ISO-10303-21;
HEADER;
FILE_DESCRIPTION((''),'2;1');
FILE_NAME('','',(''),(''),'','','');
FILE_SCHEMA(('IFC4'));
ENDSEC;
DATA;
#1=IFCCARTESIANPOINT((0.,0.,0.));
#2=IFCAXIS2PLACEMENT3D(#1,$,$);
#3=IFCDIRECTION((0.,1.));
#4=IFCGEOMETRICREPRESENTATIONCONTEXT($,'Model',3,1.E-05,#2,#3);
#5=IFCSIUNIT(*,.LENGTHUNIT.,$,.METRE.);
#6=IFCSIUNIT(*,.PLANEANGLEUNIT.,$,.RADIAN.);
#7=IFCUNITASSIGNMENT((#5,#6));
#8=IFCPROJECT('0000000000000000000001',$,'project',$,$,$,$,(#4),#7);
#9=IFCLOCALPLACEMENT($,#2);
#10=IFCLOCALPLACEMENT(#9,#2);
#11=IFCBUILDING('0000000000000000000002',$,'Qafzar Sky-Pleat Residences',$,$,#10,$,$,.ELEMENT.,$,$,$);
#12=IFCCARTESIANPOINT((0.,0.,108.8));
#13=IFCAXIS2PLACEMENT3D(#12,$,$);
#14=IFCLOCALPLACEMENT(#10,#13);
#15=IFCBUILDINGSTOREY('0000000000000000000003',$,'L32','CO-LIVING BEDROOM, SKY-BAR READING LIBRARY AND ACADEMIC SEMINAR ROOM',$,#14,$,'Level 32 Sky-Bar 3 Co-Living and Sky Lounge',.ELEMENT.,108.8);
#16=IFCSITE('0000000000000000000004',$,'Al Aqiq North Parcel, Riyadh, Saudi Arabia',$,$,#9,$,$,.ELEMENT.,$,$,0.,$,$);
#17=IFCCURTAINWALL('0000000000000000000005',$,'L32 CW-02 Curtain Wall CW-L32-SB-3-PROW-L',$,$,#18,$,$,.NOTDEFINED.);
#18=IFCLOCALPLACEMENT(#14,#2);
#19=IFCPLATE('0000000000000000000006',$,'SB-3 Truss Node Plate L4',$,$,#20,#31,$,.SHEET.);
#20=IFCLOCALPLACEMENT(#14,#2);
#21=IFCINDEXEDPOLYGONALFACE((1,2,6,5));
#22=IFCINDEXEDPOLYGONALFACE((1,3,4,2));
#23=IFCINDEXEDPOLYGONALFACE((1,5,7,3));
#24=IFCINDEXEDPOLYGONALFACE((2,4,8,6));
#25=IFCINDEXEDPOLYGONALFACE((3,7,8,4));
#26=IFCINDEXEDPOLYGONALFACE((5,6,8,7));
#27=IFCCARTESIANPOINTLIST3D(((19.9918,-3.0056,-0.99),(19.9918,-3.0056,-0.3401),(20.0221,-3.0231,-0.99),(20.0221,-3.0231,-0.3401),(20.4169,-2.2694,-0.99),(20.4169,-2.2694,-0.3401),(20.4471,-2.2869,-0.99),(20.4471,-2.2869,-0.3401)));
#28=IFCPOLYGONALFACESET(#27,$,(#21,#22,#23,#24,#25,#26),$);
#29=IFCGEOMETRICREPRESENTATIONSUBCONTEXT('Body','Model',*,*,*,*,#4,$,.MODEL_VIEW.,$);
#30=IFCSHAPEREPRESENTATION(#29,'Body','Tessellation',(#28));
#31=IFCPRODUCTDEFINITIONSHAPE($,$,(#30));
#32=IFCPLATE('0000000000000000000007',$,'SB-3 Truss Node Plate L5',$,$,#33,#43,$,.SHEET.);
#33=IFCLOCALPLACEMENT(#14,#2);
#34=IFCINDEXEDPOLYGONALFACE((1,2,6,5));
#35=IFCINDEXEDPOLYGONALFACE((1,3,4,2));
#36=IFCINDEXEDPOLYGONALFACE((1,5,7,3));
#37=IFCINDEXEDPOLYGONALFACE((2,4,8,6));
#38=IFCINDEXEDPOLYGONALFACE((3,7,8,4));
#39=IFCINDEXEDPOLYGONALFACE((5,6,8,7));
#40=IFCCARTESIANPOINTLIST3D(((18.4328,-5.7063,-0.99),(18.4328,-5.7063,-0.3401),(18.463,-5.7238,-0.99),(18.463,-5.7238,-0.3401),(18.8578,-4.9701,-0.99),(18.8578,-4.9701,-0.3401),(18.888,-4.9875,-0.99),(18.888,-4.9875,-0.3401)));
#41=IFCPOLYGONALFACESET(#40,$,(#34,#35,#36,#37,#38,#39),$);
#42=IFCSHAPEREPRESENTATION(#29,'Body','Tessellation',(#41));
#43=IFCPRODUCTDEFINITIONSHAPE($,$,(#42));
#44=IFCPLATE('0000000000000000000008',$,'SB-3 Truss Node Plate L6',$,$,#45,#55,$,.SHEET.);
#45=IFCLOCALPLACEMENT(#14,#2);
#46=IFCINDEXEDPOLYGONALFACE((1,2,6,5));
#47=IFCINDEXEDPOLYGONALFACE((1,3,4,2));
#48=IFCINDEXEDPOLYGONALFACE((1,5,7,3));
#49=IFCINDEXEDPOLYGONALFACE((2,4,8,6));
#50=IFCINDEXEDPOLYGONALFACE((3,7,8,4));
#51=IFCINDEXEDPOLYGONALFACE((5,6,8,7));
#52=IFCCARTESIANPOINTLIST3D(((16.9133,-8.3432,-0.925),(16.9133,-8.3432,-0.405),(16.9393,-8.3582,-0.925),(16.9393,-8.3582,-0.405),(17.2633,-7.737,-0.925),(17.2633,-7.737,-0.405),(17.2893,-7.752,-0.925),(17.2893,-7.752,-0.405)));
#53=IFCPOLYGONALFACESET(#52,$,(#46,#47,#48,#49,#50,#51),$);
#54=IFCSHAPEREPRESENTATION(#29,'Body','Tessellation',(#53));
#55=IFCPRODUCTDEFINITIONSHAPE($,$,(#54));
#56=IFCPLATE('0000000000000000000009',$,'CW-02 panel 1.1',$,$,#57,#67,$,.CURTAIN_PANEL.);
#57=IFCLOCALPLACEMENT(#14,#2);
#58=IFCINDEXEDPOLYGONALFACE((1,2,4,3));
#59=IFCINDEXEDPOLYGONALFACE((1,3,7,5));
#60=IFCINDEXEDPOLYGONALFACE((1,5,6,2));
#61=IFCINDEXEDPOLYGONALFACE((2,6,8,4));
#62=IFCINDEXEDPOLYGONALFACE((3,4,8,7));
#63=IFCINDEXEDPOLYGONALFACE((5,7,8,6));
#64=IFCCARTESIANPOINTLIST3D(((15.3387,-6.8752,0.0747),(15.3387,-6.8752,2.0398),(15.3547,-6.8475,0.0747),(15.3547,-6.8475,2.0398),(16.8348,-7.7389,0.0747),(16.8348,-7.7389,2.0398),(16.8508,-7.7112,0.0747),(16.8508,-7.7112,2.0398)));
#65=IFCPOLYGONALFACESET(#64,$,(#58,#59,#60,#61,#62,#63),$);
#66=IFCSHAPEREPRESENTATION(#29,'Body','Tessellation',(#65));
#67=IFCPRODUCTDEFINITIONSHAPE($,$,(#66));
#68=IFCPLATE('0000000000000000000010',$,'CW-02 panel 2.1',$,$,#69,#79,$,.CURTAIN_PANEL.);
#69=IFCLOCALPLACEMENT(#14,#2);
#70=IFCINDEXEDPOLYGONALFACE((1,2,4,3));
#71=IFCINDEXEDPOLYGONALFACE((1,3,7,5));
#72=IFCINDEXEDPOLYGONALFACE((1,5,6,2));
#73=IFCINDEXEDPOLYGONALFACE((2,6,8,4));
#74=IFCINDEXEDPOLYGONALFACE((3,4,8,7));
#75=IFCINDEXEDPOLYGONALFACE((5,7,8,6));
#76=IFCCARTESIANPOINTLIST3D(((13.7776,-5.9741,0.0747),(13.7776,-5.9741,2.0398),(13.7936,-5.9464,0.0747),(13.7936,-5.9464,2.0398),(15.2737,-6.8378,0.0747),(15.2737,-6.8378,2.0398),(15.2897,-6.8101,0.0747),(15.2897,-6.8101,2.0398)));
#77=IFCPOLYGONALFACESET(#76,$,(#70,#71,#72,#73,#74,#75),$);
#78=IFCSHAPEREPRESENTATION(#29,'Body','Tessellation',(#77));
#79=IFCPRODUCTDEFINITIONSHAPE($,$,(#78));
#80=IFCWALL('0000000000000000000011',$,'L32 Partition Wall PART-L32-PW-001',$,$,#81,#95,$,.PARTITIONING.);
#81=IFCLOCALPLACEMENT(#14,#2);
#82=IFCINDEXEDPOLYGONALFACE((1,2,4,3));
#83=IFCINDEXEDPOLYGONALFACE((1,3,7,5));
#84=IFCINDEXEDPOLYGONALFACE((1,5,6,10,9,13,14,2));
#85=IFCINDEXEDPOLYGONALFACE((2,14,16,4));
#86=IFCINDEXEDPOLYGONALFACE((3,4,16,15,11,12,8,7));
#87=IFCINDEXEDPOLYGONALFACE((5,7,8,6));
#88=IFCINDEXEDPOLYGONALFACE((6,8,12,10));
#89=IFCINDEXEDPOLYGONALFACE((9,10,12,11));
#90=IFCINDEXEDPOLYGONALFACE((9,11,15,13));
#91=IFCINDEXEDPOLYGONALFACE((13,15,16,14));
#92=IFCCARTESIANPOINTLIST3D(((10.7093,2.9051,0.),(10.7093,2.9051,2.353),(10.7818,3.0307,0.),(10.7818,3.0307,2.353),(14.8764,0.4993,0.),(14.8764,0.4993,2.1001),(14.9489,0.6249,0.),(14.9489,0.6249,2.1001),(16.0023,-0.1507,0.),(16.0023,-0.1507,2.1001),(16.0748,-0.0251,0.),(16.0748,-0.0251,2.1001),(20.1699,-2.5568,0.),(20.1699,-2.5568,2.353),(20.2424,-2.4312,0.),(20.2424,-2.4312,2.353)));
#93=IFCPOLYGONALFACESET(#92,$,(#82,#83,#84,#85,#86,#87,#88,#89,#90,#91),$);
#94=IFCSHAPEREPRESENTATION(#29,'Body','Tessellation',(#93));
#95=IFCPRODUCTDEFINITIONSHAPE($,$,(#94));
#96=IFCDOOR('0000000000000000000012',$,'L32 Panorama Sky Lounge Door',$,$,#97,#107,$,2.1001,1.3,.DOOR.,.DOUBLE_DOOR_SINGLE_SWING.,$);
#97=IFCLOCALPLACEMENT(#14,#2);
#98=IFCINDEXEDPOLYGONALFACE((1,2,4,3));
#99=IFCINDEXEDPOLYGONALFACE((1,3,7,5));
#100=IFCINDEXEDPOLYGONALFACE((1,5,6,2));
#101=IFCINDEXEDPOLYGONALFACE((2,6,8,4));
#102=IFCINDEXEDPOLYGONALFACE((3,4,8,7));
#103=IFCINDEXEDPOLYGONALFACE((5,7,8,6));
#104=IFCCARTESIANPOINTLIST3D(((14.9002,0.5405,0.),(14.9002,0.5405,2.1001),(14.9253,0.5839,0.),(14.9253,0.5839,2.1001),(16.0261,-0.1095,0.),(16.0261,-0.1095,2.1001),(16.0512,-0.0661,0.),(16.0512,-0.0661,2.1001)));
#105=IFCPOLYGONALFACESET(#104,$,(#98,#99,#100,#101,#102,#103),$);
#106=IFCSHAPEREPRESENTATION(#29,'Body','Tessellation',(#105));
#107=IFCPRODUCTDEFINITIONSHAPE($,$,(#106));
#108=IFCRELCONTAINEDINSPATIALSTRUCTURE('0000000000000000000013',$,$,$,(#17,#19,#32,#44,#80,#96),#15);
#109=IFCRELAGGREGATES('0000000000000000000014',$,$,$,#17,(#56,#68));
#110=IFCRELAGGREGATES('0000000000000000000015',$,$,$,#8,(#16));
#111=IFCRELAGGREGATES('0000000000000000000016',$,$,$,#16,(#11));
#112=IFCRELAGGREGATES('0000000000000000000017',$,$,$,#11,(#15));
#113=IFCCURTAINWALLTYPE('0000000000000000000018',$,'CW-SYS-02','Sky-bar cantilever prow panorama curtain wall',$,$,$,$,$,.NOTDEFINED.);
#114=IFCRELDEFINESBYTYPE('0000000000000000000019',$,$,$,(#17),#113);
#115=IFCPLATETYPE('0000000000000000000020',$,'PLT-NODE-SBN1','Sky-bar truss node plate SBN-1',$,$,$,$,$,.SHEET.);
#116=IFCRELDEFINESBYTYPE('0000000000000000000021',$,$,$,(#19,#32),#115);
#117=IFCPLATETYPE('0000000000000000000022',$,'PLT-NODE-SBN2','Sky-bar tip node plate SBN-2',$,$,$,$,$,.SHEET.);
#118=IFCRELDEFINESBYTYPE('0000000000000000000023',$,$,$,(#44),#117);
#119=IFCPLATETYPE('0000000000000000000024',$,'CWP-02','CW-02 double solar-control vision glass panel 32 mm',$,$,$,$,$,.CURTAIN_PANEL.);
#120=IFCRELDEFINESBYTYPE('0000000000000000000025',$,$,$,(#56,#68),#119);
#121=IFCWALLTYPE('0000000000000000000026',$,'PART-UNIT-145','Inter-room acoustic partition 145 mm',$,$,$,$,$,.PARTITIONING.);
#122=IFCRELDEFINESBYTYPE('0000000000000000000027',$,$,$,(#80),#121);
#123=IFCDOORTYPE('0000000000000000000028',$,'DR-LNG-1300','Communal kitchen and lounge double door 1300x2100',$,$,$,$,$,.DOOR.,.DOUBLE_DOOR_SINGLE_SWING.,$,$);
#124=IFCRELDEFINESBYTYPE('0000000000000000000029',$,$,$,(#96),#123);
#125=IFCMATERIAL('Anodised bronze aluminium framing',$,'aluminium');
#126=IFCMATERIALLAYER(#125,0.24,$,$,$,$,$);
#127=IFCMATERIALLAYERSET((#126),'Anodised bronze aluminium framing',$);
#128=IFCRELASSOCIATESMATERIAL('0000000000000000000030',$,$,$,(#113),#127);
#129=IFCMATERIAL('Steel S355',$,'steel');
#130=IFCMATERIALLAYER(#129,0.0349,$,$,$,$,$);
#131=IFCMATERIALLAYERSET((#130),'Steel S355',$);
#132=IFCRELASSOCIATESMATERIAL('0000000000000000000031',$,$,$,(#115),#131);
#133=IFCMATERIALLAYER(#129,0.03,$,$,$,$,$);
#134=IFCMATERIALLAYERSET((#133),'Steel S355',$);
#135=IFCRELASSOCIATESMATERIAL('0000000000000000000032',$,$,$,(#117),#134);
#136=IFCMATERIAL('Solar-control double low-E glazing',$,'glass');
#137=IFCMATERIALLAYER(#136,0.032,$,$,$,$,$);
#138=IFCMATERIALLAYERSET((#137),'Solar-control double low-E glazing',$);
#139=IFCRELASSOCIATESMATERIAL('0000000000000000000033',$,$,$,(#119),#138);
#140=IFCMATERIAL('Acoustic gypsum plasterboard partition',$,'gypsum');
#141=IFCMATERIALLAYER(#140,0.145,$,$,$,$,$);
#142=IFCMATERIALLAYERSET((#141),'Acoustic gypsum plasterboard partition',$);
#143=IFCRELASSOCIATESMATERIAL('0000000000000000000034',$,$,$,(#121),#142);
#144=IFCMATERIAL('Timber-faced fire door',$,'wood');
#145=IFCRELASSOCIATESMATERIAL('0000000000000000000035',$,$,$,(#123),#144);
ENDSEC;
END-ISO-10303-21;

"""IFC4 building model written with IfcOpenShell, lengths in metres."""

from ifc_helpers import new_model, si_unit, direction, frame, frame_2d, origin, origin_2d, place, context, subcontext, project, spatial, rectangle, extrude, source, transform, mapped, material, layer, layer_set, type_object, element, fill, aggregate, save


model = new_model("IFC4")

# Units and contexts
model_context = context("Model", 3, precision=1e-05, world=origin(), true_north=direction((0.0, 1.0)))
body_context = subcontext(model_context, "Body", "Model", "MODEL_VIEW")
ifc_project = project(units=[si_unit("LENGTHUNIT", "METRE"), si_unit("PLANEANGLEUNIT", "RADIAN")], contexts=[model_context])

# Site, building, storey
site_placement = place(None, origin())
site = spatial("IfcSite", under=ifc_project, at=site_placement, Name="Al Aqiq North Parcel, Riyadh, Saudi Arabia", CompositionType="ELEMENT", RefElevation=0.0)
building_placement = place(site_placement, origin())
building = spatial("IfcBuilding", under=site, at=building_placement, Name="Qafzar Sky-Pleat Residences", CompositionType="ELEMENT")
storey_placement = place(building_placement, frame((0.0, 0.0, 108.8)))
storey = spatial("IfcBuildingStorey", under=building, at=storey_placement, Name="L32", Description="CO-LIVING BEDROOM, SKY-BAR READING LIBRARY AND ACADEMIC SEMINAR ROOM", LongName="Level 32 Sky-Bar 3 Co-Living and Sky Lounge", CompositionType="ELEMENT", Elevation=108.8)

# Shared definitions
ifc_material_1 = material(Name="Steel S355", Category="steel")

# Curtain wall
ifc_material_2 = material(Name="Anodised bronze aluminium framing", Category="aluminium")
ifc_layer_1 = layer(ifc_material_2, 0.24)
ifc_layer_set_1 = layer_set([ifc_layer_1], Name="Anodised bronze aluminium framing")
curtain_wall_type_1 = type_object("IfcCurtainWallType", Name="CW-SYS-02", Description="Sky-bar cantilever prow panorama curtain wall", PredefinedType="NOTDEFINED", material=ifc_layer_set_1)
curtain_wall_1_placement = place(storey_placement, origin())
curtain_wall_1 = element("IfcCurtainWall", 1, at=curtain_wall_1_placement, inside=storey, type_object=curtain_wall_type_1, Name="L32 CW-02 Curtain Wall CW-L32-SB-3-PROW-L", PredefinedType="NOTDEFINED")

# Plates
ifc_layer_2 = layer(ifc_material_1, 0.0349)
ifc_layer_set_2 = layer_set([ifc_layer_2], Name="Steel S355")
plate_type_1 = type_object("IfcPlateType", Name="PLT-NODE-SBN1", Description="Sky-bar truss node plate SBN-1", PredefinedType="SHEET", material=ifc_layer_set_2)
shared_shape_1 = source(origin(), body_context, "Body", "SweptSolid", [
    extrude(rectangle(XDim=0.8501, YDim=0.0349, at=origin_2d()), origin(), (0.0, 0.0, 1.0), 0.6499),
])
for number, where, z_axis, x_axis, name in (
    (2, (20.2195, -2.6462, -0.99), (0.0, 0.0, 1.0), (-0.5, -0.866025, 0.0), "SB-3 Truss Node Plate L4"),
    (3, (18.6604, -5.3469, -0.99), (0.0, 0.0, 1.0), (-0.5, -0.866025, 0.0), "SB-3 Truss Node Plate L5"),
):
    element("IfcPlate", number, at=place(storey_placement, frame(where, z_axis=z_axis, x_axis=x_axis)), inside=storey, type_object=plate_type_1, Name=name, PredefinedType="SHEET", context=body_context, shape_type="MappedRepresentation", body=[
        mapped(shared_shape_1, transform((0.0, 0.0, 0.0), x_axis=(1.0, 0.0, 0.0), y_axis=(0.0, 1.0, 0.0), z_axis=(0.0, 0.0, 1.0), scale=1.0)),
    ])
ifc_layer_3 = layer(ifc_material_1, 0.03)
ifc_layer_set_3 = layer_set([ifc_layer_3], Name="Steel S355")
plate_type_2 = type_object("IfcPlateType", Name="PLT-NODE-SBN2", Description="Sky-bar tip node plate SBN-2", PredefinedType="SHEET", material=ifc_layer_set_3)
shared_shape_2 = source(origin(), body_context, "Body", "SweptSolid", [
    extrude(rectangle(XDim=0.7, YDim=0.03, at=origin_2d()), origin(), (0.0, 0.0, 1.0), 0.52),
])
plate_1_placement = place(storey_placement, frame((17.1013, -8.0476, -0.925), z_axis=(0.0, 0.0, 1.0), x_axis=(-0.5, -0.866025, 0.0)))
element("IfcPlate", 4, at=plate_1_placement, inside=storey, type_object=plate_type_2, Name="SB-3 Truss Node Plate L6", PredefinedType="SHEET", context=body_context, shape_type="MappedRepresentation", body=[
    mapped(shared_shape_2, transform((0.0, 0.0, 0.0), x_axis=(1.0, 0.0, 0.0), y_axis=(0.0, 1.0, 0.0), z_axis=(0.0, 0.0, 1.0), scale=1.0)),
])

# Plates
ifc_material_3 = material(Name="Solar-control double low-E glazing", Category="glass")
ifc_layer_4 = layer(ifc_material_3, 0.032)
ifc_layer_set_4 = layer_set([ifc_layer_4], Name="Solar-control double low-E glazing")
plate_type_3 = type_object("IfcPlateType", Name="CWP-02", Description="CW-02 double solar-control vision glass panel 32 mm", PredefinedType="CURTAIN_PANEL", material=ifc_layer_set_4)
shared_shape_3 = source(origin(), body_context, "Body", "SweptSolid", [
    extrude(rectangle(XDim=1.7275, YDim=0.032, at=origin_2d()), origin(), (0.0, 0.0, 1.0), 1.9651),
])
plate_2_placement = place(storey_placement, frame((16.0947, -7.2932, 0.0747), z_axis=(0.0, 0.0, 1.0), x_axis=(-0.866027, 0.499997, 0.0)))
plate_2 = element("IfcPlate", 5, at=plate_2_placement, type_object=plate_type_3, Name="CW-02 panel 1.1", PredefinedType="CURTAIN_PANEL", context=body_context, shape_type="MappedRepresentation", body=[
    mapped(shared_shape_3, transform((0.0, 0.0, 0.0), x_axis=(1.0, 0.0, 0.0), y_axis=(0.0, 1.0, 0.0), z_axis=(0.0, 0.0, 1.0), scale=1.0)),
])
plate_3_placement = place(storey_placement, frame((14.5337, -6.3921, 0.0747), z_axis=(0.0, 0.0, 1.0), x_axis=(-0.866027, 0.499997, 0.0)))
plate_3 = element("IfcPlate", 6, at=plate_3_placement, type_object=plate_type_3, Name="CW-02 panel 2.1", PredefinedType="CURTAIN_PANEL", context=body_context, shape_type="MappedRepresentation", body=[
    mapped(shared_shape_3, transform((0.0, 0.0, 0.0), x_axis=(1.0, 0.0, 0.0), y_axis=(0.0, 1.0, 0.0), z_axis=(0.0, 0.0, 1.0), scale=1.0)),
])
aggregate(curtain_wall_1, [plate_2, plate_3])

# Wall, opening, door
ifc_material_4 = material(Name="Acoustic gypsum plasterboard partition", Category="gypsum")
ifc_layer_5 = layer(ifc_material_4, 0.145)
ifc_layer_set_5 = layer_set([ifc_layer_5], Name="Acoustic gypsum plasterboard partition")
wall_type_1 = type_object("IfcWallType", Name="PART-UNIT-145", Description="Inter-room acoustic partition 145 mm", PredefinedType="PARTITIONING", material=ifc_layer_set_5)
wall_1_placement = place(storey_placement, frame((20.2061, -2.4939, 0.0), z_axis=(0.0, 0.0, 1.0), x_axis=(-0.866034, 0.499985, 0.0)))
wall_1 = element("IfcWall", 7, at=wall_1_placement, inside=storey, type_object=wall_type_1, Name="L32 Partition Wall PART-L32-PW-001", PredefinedType="PARTITIONING", context=body_context, shape_type="SweptSolid", body=[
    extrude(rectangle(XDim=10.9241, YDim=0.145, at=frame_2d((5.4619, 0.0))), origin(), (0.0, 0.0, 1.0), 2.353),
])
opening_1_placement = place(wall_1_placement, frame((4.8123, 0.0, 0.0)))
opening_1 = element("IfcOpeningElement", 8, at=opening_1_placement, cuts=wall_1, PredefinedType="OPENING", context=body_context, shape_type="SweptSolid", body=[
    extrude(rectangle(XDim=1.3, YDim=2.1001, at=frame_2d((0.6499, 1.05))), frame((0.0, 0.0825, 0.0), z_axis=(0.0, -1.0, 0.0), x_axis=(1.0, 0.0, 0.0)), (0.0, 0.0, 1.0), 0.165),
])
ifc_material_5 = material(Name="Timber-faced fire door", Category="wood")
door_type_1 = type_object("IfcDoorType", Name="DR-LNG-1300", Description="Communal kitchen and lounge double door 1300x2100", OperationType="DOUBLE_DOOR_SINGLE_SWING", PredefinedType="DOOR", material=ifc_material_5)
shared_shape_4 = source(origin(), body_context, "Body", "SweptSolid", [
    extrude(rectangle(XDim=1.3, YDim=2.1001, at=frame_2d((0.6499, 1.05))), frame((0.0, 0.0249, 0.0), z_axis=(0.0, -1.0, 0.0), x_axis=(1.0, 0.0, 0.0)), (0.0, 0.0, 1.0), 0.05),
])
door_1_placement = place(opening_1_placement, origin())
door_1 = element("IfcDoor", 9, at=door_1_placement, inside=storey, type_object=door_type_1, Name="L32 Panorama Sky Lounge Door", OperationType="DOUBLE_DOOR_SINGLE_SWING", OverallHeight=2.1001, OverallWidth=1.3, PredefinedType="DOOR", context=body_context, shape_type="MappedRepresentation", body=[
    mapped(shared_shape_4, transform((0.0, 0.0, 0.0), x_axis=(1.0, 0.0, 0.0), y_axis=(0.0, 1.0, 0.0), z_axis=(0.0, 0.0, 1.0), scale=1.0)),
])
fill(opening_1, door_1)

save(model, "model.ifc")
